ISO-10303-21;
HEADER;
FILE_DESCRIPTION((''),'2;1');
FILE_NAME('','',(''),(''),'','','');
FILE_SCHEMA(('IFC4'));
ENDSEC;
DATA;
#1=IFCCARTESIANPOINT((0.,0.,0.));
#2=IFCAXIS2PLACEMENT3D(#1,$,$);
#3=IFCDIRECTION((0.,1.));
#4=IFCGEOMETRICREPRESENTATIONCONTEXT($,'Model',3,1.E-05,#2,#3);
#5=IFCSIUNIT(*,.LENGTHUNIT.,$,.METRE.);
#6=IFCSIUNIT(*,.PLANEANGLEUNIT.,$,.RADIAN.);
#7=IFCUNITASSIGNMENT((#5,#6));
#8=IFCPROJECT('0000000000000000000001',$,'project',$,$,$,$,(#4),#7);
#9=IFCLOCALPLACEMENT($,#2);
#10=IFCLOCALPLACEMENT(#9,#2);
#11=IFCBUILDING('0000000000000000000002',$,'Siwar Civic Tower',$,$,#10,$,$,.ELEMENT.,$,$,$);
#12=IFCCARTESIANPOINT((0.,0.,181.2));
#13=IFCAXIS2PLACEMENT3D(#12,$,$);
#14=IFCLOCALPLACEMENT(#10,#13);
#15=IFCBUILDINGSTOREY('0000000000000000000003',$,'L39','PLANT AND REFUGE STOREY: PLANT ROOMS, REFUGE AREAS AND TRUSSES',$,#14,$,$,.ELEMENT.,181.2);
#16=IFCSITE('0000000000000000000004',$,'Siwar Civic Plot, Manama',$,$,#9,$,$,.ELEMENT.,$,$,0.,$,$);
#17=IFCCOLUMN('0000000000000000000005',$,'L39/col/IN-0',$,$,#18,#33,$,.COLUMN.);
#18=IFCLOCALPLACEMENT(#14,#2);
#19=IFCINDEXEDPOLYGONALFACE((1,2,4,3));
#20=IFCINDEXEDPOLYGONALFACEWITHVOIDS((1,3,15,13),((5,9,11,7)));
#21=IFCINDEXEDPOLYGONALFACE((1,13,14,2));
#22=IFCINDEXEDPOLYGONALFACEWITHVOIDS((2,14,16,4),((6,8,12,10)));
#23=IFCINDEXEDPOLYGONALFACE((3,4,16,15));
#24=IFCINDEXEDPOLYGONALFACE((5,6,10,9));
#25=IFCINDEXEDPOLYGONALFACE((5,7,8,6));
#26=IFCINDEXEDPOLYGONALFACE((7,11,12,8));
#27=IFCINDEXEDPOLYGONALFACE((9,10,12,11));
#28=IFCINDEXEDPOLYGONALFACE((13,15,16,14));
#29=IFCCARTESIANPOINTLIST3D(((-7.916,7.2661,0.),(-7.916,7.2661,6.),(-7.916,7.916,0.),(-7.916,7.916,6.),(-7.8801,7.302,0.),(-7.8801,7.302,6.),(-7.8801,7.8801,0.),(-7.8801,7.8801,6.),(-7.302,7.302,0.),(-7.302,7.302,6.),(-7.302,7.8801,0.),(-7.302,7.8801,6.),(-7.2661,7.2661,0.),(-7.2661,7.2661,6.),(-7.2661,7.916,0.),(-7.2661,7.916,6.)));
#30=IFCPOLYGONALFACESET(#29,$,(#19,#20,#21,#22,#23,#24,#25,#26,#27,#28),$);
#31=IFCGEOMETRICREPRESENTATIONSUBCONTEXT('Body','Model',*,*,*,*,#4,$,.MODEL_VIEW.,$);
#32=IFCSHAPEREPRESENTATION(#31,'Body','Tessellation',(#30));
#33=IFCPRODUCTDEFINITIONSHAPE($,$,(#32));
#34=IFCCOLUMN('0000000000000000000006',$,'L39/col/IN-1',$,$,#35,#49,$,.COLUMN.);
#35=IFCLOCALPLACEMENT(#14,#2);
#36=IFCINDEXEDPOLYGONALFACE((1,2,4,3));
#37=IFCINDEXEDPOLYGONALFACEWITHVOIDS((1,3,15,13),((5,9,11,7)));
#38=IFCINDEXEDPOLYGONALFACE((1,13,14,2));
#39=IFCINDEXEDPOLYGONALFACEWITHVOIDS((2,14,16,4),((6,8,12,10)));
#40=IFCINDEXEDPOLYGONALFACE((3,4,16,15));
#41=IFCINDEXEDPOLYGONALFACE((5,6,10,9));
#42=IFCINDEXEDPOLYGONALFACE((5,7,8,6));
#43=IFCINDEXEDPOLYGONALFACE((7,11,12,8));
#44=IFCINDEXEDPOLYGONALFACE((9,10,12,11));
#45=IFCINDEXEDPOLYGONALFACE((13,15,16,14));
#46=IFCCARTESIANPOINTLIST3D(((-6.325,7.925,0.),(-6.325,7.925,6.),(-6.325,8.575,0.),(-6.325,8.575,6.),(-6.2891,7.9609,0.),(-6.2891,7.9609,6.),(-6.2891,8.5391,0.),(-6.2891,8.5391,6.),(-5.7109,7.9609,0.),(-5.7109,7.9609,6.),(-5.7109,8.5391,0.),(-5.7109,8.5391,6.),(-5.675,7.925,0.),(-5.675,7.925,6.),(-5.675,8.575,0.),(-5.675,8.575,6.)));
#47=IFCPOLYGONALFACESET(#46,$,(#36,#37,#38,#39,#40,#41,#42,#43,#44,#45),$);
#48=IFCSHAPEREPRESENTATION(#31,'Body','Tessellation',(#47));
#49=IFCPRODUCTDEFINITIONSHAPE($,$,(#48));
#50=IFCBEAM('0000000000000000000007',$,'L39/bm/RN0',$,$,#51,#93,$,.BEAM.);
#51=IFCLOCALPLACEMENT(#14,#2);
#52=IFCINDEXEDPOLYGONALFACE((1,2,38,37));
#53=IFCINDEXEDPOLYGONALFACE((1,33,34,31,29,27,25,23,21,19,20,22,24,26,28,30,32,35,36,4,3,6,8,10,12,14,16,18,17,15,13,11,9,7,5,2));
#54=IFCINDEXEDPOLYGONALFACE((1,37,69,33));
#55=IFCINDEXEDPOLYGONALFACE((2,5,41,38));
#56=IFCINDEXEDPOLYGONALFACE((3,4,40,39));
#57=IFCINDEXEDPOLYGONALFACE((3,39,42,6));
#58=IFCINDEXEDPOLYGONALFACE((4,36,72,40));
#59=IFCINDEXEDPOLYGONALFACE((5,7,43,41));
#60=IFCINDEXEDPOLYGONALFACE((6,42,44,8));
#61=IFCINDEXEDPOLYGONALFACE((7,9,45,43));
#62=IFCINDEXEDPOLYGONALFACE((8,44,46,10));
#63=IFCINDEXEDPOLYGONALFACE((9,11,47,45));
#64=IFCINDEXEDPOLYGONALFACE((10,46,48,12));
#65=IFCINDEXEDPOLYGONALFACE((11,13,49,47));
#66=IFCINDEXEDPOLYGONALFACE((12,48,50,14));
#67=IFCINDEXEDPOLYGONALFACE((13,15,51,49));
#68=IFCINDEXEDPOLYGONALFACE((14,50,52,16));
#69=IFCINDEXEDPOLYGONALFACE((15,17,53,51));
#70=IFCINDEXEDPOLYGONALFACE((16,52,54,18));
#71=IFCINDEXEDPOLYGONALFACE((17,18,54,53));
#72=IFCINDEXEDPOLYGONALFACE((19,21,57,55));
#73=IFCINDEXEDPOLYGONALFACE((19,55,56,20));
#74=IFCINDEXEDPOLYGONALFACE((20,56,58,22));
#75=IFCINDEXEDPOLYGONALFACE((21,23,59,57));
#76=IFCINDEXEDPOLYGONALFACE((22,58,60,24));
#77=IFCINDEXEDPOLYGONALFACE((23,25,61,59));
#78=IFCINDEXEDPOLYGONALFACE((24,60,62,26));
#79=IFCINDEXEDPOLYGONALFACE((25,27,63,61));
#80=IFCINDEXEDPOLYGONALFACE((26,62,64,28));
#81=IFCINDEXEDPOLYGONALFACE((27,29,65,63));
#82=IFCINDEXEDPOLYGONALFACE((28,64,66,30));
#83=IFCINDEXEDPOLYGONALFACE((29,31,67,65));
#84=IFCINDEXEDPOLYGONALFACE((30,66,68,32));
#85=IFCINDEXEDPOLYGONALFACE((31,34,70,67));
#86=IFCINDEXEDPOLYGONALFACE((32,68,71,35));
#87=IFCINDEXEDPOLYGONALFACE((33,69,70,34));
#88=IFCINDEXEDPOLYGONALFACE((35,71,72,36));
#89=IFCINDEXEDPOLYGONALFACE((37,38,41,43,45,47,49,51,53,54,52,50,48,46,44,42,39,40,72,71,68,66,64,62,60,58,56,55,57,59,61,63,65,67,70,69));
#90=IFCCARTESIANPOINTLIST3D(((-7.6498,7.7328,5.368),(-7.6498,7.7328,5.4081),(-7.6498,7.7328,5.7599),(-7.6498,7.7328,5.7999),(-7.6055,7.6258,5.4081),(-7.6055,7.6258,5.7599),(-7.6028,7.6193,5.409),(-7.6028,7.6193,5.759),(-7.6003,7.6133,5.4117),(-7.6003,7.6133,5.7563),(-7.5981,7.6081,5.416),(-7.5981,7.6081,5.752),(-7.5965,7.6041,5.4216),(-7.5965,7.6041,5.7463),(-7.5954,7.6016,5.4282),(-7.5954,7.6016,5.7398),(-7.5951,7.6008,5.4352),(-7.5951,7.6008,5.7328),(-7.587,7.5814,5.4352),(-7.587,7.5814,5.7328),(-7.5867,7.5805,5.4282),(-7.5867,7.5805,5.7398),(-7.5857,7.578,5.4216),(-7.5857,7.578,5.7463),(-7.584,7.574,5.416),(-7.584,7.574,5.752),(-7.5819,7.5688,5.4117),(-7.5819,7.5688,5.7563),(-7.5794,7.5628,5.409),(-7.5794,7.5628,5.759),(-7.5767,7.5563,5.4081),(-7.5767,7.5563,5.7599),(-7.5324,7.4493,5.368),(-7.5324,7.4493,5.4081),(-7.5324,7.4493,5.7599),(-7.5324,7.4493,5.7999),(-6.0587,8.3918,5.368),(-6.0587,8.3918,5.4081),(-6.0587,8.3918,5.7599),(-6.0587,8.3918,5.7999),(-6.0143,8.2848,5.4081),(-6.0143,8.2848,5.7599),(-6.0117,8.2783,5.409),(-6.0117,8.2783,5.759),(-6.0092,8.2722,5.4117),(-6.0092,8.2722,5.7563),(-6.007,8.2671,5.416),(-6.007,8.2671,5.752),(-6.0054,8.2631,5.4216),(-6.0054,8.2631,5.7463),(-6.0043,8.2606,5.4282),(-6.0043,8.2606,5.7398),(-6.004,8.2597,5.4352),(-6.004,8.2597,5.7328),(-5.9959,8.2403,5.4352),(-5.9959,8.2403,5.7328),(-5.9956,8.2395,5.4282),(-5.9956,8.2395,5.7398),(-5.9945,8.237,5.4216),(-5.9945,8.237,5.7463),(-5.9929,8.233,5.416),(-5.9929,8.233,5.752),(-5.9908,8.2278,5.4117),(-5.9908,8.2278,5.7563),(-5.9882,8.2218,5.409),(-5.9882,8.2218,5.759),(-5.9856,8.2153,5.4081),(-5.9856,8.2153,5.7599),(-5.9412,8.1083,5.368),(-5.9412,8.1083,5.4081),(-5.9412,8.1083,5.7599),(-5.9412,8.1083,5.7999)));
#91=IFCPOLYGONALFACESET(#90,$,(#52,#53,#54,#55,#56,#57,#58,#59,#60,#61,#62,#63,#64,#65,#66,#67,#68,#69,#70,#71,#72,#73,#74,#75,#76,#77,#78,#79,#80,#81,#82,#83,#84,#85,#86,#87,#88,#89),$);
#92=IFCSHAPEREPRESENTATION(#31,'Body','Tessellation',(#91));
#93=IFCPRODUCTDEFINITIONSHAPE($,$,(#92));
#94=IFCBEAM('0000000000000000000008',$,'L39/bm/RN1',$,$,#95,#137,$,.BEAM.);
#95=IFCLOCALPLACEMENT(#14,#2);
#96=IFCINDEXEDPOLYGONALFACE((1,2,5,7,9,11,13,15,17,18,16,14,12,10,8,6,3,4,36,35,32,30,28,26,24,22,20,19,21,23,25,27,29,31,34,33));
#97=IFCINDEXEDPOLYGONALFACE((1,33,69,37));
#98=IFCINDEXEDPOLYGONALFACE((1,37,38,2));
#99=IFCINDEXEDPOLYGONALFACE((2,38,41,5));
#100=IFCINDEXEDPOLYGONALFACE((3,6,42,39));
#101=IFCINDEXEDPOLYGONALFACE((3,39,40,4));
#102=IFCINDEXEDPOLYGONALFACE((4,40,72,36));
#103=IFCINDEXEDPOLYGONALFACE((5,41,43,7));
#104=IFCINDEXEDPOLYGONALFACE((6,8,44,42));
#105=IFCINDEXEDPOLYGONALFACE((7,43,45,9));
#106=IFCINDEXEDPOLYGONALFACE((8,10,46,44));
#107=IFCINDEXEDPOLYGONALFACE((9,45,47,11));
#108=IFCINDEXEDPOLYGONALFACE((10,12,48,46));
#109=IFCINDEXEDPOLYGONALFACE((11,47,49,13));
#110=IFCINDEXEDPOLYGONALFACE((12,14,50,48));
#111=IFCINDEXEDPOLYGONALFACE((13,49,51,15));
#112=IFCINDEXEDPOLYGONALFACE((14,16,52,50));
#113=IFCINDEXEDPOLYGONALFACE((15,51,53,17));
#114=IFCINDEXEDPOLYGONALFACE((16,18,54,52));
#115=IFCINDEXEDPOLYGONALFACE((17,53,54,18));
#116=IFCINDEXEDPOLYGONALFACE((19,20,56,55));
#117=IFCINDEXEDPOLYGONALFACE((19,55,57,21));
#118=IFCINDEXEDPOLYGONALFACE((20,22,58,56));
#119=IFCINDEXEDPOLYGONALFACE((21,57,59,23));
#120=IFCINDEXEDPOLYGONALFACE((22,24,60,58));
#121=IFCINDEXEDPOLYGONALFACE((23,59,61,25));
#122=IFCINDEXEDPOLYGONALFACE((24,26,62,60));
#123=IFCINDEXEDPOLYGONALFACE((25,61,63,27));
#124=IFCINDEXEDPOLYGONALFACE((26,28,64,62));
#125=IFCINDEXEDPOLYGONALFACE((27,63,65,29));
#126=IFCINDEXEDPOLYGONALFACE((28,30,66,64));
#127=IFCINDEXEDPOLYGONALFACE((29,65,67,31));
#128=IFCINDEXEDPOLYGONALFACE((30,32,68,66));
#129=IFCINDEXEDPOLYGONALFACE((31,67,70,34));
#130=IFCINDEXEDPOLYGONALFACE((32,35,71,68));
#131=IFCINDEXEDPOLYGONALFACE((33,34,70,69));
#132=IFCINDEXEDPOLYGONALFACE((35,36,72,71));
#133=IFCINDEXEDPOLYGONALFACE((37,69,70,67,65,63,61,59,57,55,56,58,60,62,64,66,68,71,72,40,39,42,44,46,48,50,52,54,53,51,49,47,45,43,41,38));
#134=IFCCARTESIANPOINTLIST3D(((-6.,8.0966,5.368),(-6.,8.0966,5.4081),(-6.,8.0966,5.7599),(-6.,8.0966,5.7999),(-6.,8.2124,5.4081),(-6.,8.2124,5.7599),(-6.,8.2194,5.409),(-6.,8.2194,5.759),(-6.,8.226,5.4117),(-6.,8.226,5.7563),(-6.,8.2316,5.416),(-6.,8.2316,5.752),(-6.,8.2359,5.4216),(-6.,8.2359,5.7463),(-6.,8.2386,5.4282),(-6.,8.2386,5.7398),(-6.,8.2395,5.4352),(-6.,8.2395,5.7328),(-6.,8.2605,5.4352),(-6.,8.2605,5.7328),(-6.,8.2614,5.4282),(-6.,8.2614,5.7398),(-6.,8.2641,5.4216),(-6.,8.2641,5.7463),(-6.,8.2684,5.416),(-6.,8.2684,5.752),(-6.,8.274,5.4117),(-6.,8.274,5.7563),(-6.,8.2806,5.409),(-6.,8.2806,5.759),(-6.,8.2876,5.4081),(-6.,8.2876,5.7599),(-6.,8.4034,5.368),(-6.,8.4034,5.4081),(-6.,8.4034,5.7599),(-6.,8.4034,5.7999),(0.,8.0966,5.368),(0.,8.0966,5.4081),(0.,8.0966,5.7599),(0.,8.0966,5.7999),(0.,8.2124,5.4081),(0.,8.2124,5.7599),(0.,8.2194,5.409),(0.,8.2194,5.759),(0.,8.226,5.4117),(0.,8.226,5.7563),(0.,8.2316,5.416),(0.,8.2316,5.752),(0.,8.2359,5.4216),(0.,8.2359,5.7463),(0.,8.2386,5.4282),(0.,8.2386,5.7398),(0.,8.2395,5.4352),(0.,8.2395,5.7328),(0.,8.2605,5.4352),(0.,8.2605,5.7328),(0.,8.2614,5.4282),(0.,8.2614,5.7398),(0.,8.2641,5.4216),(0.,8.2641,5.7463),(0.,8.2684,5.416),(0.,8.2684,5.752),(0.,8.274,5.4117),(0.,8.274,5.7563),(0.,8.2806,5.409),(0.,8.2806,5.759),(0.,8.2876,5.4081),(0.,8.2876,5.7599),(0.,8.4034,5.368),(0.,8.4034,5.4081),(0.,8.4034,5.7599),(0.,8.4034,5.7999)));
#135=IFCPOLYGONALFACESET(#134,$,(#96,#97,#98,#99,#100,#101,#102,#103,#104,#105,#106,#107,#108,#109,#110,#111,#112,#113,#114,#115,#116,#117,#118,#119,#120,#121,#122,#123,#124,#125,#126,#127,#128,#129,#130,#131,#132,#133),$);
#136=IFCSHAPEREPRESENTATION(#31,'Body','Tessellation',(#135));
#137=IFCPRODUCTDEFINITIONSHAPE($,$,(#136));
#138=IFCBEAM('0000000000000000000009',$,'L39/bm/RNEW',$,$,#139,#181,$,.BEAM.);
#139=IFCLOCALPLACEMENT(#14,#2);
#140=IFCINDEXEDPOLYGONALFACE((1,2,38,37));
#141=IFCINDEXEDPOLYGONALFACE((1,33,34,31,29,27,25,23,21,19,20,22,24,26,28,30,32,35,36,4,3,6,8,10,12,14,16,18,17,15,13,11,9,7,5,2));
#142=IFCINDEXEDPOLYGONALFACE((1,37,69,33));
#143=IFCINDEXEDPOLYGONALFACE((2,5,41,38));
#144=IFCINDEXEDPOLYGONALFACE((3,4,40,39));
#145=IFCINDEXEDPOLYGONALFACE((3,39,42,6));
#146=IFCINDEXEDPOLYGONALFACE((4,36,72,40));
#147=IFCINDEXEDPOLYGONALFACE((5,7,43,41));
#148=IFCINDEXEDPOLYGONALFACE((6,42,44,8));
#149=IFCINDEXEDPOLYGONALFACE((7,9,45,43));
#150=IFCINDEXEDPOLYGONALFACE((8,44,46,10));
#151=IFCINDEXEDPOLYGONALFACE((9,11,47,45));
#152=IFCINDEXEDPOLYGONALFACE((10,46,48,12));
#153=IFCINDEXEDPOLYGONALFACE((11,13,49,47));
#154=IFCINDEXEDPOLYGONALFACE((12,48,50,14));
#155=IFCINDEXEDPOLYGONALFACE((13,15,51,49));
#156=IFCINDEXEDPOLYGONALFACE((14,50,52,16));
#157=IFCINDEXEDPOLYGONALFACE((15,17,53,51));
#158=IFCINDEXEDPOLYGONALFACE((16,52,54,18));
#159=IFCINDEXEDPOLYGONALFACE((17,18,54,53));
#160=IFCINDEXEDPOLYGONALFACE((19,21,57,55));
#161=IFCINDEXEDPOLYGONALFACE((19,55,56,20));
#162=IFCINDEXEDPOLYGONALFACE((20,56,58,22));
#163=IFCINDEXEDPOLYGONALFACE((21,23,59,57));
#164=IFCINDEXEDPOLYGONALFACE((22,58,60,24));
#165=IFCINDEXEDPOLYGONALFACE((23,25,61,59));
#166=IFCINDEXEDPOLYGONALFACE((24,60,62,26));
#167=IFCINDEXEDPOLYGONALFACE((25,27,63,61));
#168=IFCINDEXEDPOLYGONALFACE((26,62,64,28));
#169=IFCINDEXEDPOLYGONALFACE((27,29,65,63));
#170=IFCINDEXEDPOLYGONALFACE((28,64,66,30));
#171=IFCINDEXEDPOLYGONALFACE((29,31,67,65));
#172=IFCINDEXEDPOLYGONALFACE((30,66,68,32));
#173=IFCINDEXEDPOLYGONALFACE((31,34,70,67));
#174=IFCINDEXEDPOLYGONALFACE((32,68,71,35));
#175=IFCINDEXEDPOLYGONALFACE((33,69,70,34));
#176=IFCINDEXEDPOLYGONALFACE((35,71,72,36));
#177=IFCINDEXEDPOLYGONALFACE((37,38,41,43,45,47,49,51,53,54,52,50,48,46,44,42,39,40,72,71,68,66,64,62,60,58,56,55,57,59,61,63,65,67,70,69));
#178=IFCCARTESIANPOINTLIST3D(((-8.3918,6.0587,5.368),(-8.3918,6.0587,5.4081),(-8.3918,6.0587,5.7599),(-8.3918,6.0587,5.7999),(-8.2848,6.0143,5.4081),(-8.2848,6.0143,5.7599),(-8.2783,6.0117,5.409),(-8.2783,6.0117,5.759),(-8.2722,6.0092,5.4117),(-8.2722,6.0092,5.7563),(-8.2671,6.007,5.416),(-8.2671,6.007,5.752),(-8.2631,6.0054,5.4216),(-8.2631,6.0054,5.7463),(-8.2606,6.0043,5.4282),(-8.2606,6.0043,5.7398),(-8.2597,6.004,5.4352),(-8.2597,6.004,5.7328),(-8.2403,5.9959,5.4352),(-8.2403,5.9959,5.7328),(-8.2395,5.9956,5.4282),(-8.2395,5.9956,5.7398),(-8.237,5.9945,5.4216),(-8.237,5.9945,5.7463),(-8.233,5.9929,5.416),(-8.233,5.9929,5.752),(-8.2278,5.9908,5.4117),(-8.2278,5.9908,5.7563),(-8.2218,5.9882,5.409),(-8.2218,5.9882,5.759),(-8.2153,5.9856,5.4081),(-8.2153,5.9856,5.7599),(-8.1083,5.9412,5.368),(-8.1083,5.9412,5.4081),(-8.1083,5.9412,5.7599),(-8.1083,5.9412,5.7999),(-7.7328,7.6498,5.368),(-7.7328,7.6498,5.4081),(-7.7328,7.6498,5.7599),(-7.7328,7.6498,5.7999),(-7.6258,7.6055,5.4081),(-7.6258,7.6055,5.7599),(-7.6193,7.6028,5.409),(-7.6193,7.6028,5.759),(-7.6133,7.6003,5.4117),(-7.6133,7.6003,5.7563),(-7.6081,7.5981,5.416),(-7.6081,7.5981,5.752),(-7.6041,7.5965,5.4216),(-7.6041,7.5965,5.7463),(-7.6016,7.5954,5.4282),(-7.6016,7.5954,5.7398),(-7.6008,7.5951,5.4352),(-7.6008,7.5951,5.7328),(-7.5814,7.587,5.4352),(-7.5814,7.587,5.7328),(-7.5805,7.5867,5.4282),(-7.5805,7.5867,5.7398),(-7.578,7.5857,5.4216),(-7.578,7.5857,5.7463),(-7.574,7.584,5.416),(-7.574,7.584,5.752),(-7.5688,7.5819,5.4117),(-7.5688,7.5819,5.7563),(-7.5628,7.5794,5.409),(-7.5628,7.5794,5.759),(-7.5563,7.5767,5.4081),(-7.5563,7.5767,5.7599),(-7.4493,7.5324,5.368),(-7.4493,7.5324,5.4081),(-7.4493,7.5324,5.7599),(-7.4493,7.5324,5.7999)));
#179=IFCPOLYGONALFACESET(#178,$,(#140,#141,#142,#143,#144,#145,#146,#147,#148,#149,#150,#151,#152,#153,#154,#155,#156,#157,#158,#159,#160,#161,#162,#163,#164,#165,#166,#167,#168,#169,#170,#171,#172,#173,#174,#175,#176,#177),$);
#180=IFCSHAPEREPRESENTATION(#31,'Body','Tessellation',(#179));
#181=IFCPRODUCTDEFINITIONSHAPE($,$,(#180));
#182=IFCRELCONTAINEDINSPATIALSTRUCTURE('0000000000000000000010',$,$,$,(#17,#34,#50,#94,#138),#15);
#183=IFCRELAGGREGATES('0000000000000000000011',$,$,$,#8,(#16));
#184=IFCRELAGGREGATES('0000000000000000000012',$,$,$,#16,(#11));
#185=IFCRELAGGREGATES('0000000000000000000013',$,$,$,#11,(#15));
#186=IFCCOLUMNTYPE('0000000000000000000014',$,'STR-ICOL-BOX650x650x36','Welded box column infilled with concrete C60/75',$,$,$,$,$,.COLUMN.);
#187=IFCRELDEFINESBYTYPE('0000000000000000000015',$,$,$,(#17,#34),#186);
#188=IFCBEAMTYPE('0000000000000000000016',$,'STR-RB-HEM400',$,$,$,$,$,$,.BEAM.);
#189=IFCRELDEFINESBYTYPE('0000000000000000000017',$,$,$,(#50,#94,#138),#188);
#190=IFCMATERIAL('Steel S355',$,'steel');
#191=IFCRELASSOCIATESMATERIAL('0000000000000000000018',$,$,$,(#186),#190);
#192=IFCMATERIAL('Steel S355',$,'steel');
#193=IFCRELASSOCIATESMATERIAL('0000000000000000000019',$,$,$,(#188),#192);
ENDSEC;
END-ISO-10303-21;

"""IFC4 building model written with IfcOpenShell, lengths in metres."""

from ifc_helpers import new_model, si_unit, direction, frame, origin, origin_2d, place, context, subcontext, project, spatial, hollow_rectangle, i_section, extrude, material, material_profile, profile_set, type_object, element, save


model = new_model("IFC4")

# Units and contexts
model_context = context("Model", 3, precision=1e-05, world=origin(), true_north=direction((0.0, 1.0)))
body_context = subcontext(model_context, "Body", "Model", "MODEL_VIEW")
ifc_project = project(units=[si_unit("LENGTHUNIT", "METRE"), si_unit("PLANEANGLEUNIT", "RADIAN")], contexts=[model_context])

# Site, building, storey
site_placement = place(None, origin())
site = spatial("IfcSite", under=ifc_project, at=site_placement, Name="Siwar Civic Plot, Manama", CompositionType="ELEMENT", RefElevation=0.0)
building_placement = place(site_placement, origin())
building = spatial("IfcBuilding", under=site, at=building_placement, Name="Siwar Civic Tower", CompositionType="ELEMENT")
storey_placement = place(building_placement, frame((0.0, 0.0, 181.2)))
storey = spatial("IfcBuildingStorey", under=building, at=storey_placement, Name="L39", Description="PLANT AND REFUGE STOREY: PLANT ROOMS, REFUGE AREAS AND TRUSSES", CompositionType="ELEMENT", Elevation=181.2)

# Columns
ifc_material_1 = material(Name="Steel S355", Category="steel")
ifc_material_profile_1 = material_profile(ifc_material_1, hollow_rectangle(XDim=0.6499, YDim=0.6499, WallThickness=0.0359, at=origin_2d()), Name="BOX650x650x36")
ifc_profile_set_1 = profile_set([ifc_material_profile_1], Name="Steel S355")
column_type = type_object("IfcColumnType", Name="STR-ICOL-BOX650x650x36", Description="Welded box column infilled with concrete C60/75", PredefinedType="COLUMN", material=ifc_profile_set_1)
for number, where, z_axis, x_axis, name in (
    (1, (-7.5911, 7.5911, 0.0), (0.0, 0.0, 1.0), (1.0, 0.0, 0.0), "L39/col/IN-0"),
    (2, (-6.0, 8.25, 0.0), (0.0, 0.0, 1.0), (1.0, 0.0, 0.0), "L39/col/IN-1"),
):
    element("IfcColumn", number, at=place(storey_placement, frame(where, z_axis=z_axis, x_axis=x_axis)), inside=storey, type_object=column_type, Name=name, PredefinedType="COLUMN", context=body_context, shape_type="SweptSolid", body=[
        extrude(hollow_rectangle(XDim=0.6499, YDim=0.6499, WallThickness=0.0359, at=origin_2d()), origin(), (0.0, 0.0, 1.0), 6.0),
    ])

# Beams
ifc_material_2 = material(Name="Steel S355", Category="steel")
ifc_material_profile_2 = material_profile(ifc_material_2, i_section(OverallWidth=0.3069, OverallDepth=0.4319, WebThickness=0.021, FlangeThickness=0.04, FilletRadius=0.0271, at=origin_2d()), Name="HEM400")
ifc_profile_set_2 = profile_set([ifc_material_profile_2], Name="Steel S355")
beam_type = type_object("IfcBeamType", Name="STR-RB-HEM400", PredefinedType="BEAM", material=ifc_profile_set_2)
beam_1_placement = place(storey_placement, frame((-7.5911, 7.5911, 5.584), z_axis=(0.923901, 0.382631, 0.0), x_axis=(-0.382631, 0.923901, 0.0)))
element("IfcBeam", 3, at=beam_1_placement, inside=storey, type_object=beam_type, Name="L39/bm/RN0", PredefinedType="BEAM", context=body_context, shape_type="SweptSolid", body=[
    extrude(i_section(OverallWidth=0.3069, OverallDepth=0.4319, WebThickness=0.021, FlangeThickness=0.04, FilletRadius=0.0271, at=origin_2d()), origin(), (0.0, 0.0, 1.0), 1.7222),
])
beam_2_placement = place(storey_placement, frame((-6.0, 8.25, 5.584), z_axis=(1.0, 0.0, 0.0), x_axis=(0.0, 1.0, 0.0)))
element("IfcBeam", 4, at=beam_2_placement, inside=storey, type_object=beam_type, Name="L39/bm/RN1", PredefinedType="BEAM", context=body_context, shape_type="SweptSolid", body=[
    extrude(i_section(OverallWidth=0.3069, OverallDepth=0.4319, WebThickness=0.021, FlangeThickness=0.04, FilletRadius=0.0271, at=origin_2d()), origin(), (0.0, 0.0, 1.0), 6.0),
])
beam_3_placement = place(storey_placement, frame((-7.5911, 7.5911, 5.584), z_axis=(-0.382631, -0.923901, 0.0), x_axis=(0.923901, -0.382631, 0.0)))
element("IfcBeam", 5, at=beam_3_placement, inside=storey, type_object=beam_type, Name="L39/bm/RNEW", PredefinedType="BEAM", context=body_context, shape_type="SweptSolid", body=[
    extrude(i_section(OverallWidth=0.3069, OverallDepth=0.4319, WebThickness=0.021, FlangeThickness=0.04, FilletRadius=0.0271, at=origin_2d()), origin(), (0.0, 0.0, 1.0), 1.7222),
])

save(model, "model.ifc")
